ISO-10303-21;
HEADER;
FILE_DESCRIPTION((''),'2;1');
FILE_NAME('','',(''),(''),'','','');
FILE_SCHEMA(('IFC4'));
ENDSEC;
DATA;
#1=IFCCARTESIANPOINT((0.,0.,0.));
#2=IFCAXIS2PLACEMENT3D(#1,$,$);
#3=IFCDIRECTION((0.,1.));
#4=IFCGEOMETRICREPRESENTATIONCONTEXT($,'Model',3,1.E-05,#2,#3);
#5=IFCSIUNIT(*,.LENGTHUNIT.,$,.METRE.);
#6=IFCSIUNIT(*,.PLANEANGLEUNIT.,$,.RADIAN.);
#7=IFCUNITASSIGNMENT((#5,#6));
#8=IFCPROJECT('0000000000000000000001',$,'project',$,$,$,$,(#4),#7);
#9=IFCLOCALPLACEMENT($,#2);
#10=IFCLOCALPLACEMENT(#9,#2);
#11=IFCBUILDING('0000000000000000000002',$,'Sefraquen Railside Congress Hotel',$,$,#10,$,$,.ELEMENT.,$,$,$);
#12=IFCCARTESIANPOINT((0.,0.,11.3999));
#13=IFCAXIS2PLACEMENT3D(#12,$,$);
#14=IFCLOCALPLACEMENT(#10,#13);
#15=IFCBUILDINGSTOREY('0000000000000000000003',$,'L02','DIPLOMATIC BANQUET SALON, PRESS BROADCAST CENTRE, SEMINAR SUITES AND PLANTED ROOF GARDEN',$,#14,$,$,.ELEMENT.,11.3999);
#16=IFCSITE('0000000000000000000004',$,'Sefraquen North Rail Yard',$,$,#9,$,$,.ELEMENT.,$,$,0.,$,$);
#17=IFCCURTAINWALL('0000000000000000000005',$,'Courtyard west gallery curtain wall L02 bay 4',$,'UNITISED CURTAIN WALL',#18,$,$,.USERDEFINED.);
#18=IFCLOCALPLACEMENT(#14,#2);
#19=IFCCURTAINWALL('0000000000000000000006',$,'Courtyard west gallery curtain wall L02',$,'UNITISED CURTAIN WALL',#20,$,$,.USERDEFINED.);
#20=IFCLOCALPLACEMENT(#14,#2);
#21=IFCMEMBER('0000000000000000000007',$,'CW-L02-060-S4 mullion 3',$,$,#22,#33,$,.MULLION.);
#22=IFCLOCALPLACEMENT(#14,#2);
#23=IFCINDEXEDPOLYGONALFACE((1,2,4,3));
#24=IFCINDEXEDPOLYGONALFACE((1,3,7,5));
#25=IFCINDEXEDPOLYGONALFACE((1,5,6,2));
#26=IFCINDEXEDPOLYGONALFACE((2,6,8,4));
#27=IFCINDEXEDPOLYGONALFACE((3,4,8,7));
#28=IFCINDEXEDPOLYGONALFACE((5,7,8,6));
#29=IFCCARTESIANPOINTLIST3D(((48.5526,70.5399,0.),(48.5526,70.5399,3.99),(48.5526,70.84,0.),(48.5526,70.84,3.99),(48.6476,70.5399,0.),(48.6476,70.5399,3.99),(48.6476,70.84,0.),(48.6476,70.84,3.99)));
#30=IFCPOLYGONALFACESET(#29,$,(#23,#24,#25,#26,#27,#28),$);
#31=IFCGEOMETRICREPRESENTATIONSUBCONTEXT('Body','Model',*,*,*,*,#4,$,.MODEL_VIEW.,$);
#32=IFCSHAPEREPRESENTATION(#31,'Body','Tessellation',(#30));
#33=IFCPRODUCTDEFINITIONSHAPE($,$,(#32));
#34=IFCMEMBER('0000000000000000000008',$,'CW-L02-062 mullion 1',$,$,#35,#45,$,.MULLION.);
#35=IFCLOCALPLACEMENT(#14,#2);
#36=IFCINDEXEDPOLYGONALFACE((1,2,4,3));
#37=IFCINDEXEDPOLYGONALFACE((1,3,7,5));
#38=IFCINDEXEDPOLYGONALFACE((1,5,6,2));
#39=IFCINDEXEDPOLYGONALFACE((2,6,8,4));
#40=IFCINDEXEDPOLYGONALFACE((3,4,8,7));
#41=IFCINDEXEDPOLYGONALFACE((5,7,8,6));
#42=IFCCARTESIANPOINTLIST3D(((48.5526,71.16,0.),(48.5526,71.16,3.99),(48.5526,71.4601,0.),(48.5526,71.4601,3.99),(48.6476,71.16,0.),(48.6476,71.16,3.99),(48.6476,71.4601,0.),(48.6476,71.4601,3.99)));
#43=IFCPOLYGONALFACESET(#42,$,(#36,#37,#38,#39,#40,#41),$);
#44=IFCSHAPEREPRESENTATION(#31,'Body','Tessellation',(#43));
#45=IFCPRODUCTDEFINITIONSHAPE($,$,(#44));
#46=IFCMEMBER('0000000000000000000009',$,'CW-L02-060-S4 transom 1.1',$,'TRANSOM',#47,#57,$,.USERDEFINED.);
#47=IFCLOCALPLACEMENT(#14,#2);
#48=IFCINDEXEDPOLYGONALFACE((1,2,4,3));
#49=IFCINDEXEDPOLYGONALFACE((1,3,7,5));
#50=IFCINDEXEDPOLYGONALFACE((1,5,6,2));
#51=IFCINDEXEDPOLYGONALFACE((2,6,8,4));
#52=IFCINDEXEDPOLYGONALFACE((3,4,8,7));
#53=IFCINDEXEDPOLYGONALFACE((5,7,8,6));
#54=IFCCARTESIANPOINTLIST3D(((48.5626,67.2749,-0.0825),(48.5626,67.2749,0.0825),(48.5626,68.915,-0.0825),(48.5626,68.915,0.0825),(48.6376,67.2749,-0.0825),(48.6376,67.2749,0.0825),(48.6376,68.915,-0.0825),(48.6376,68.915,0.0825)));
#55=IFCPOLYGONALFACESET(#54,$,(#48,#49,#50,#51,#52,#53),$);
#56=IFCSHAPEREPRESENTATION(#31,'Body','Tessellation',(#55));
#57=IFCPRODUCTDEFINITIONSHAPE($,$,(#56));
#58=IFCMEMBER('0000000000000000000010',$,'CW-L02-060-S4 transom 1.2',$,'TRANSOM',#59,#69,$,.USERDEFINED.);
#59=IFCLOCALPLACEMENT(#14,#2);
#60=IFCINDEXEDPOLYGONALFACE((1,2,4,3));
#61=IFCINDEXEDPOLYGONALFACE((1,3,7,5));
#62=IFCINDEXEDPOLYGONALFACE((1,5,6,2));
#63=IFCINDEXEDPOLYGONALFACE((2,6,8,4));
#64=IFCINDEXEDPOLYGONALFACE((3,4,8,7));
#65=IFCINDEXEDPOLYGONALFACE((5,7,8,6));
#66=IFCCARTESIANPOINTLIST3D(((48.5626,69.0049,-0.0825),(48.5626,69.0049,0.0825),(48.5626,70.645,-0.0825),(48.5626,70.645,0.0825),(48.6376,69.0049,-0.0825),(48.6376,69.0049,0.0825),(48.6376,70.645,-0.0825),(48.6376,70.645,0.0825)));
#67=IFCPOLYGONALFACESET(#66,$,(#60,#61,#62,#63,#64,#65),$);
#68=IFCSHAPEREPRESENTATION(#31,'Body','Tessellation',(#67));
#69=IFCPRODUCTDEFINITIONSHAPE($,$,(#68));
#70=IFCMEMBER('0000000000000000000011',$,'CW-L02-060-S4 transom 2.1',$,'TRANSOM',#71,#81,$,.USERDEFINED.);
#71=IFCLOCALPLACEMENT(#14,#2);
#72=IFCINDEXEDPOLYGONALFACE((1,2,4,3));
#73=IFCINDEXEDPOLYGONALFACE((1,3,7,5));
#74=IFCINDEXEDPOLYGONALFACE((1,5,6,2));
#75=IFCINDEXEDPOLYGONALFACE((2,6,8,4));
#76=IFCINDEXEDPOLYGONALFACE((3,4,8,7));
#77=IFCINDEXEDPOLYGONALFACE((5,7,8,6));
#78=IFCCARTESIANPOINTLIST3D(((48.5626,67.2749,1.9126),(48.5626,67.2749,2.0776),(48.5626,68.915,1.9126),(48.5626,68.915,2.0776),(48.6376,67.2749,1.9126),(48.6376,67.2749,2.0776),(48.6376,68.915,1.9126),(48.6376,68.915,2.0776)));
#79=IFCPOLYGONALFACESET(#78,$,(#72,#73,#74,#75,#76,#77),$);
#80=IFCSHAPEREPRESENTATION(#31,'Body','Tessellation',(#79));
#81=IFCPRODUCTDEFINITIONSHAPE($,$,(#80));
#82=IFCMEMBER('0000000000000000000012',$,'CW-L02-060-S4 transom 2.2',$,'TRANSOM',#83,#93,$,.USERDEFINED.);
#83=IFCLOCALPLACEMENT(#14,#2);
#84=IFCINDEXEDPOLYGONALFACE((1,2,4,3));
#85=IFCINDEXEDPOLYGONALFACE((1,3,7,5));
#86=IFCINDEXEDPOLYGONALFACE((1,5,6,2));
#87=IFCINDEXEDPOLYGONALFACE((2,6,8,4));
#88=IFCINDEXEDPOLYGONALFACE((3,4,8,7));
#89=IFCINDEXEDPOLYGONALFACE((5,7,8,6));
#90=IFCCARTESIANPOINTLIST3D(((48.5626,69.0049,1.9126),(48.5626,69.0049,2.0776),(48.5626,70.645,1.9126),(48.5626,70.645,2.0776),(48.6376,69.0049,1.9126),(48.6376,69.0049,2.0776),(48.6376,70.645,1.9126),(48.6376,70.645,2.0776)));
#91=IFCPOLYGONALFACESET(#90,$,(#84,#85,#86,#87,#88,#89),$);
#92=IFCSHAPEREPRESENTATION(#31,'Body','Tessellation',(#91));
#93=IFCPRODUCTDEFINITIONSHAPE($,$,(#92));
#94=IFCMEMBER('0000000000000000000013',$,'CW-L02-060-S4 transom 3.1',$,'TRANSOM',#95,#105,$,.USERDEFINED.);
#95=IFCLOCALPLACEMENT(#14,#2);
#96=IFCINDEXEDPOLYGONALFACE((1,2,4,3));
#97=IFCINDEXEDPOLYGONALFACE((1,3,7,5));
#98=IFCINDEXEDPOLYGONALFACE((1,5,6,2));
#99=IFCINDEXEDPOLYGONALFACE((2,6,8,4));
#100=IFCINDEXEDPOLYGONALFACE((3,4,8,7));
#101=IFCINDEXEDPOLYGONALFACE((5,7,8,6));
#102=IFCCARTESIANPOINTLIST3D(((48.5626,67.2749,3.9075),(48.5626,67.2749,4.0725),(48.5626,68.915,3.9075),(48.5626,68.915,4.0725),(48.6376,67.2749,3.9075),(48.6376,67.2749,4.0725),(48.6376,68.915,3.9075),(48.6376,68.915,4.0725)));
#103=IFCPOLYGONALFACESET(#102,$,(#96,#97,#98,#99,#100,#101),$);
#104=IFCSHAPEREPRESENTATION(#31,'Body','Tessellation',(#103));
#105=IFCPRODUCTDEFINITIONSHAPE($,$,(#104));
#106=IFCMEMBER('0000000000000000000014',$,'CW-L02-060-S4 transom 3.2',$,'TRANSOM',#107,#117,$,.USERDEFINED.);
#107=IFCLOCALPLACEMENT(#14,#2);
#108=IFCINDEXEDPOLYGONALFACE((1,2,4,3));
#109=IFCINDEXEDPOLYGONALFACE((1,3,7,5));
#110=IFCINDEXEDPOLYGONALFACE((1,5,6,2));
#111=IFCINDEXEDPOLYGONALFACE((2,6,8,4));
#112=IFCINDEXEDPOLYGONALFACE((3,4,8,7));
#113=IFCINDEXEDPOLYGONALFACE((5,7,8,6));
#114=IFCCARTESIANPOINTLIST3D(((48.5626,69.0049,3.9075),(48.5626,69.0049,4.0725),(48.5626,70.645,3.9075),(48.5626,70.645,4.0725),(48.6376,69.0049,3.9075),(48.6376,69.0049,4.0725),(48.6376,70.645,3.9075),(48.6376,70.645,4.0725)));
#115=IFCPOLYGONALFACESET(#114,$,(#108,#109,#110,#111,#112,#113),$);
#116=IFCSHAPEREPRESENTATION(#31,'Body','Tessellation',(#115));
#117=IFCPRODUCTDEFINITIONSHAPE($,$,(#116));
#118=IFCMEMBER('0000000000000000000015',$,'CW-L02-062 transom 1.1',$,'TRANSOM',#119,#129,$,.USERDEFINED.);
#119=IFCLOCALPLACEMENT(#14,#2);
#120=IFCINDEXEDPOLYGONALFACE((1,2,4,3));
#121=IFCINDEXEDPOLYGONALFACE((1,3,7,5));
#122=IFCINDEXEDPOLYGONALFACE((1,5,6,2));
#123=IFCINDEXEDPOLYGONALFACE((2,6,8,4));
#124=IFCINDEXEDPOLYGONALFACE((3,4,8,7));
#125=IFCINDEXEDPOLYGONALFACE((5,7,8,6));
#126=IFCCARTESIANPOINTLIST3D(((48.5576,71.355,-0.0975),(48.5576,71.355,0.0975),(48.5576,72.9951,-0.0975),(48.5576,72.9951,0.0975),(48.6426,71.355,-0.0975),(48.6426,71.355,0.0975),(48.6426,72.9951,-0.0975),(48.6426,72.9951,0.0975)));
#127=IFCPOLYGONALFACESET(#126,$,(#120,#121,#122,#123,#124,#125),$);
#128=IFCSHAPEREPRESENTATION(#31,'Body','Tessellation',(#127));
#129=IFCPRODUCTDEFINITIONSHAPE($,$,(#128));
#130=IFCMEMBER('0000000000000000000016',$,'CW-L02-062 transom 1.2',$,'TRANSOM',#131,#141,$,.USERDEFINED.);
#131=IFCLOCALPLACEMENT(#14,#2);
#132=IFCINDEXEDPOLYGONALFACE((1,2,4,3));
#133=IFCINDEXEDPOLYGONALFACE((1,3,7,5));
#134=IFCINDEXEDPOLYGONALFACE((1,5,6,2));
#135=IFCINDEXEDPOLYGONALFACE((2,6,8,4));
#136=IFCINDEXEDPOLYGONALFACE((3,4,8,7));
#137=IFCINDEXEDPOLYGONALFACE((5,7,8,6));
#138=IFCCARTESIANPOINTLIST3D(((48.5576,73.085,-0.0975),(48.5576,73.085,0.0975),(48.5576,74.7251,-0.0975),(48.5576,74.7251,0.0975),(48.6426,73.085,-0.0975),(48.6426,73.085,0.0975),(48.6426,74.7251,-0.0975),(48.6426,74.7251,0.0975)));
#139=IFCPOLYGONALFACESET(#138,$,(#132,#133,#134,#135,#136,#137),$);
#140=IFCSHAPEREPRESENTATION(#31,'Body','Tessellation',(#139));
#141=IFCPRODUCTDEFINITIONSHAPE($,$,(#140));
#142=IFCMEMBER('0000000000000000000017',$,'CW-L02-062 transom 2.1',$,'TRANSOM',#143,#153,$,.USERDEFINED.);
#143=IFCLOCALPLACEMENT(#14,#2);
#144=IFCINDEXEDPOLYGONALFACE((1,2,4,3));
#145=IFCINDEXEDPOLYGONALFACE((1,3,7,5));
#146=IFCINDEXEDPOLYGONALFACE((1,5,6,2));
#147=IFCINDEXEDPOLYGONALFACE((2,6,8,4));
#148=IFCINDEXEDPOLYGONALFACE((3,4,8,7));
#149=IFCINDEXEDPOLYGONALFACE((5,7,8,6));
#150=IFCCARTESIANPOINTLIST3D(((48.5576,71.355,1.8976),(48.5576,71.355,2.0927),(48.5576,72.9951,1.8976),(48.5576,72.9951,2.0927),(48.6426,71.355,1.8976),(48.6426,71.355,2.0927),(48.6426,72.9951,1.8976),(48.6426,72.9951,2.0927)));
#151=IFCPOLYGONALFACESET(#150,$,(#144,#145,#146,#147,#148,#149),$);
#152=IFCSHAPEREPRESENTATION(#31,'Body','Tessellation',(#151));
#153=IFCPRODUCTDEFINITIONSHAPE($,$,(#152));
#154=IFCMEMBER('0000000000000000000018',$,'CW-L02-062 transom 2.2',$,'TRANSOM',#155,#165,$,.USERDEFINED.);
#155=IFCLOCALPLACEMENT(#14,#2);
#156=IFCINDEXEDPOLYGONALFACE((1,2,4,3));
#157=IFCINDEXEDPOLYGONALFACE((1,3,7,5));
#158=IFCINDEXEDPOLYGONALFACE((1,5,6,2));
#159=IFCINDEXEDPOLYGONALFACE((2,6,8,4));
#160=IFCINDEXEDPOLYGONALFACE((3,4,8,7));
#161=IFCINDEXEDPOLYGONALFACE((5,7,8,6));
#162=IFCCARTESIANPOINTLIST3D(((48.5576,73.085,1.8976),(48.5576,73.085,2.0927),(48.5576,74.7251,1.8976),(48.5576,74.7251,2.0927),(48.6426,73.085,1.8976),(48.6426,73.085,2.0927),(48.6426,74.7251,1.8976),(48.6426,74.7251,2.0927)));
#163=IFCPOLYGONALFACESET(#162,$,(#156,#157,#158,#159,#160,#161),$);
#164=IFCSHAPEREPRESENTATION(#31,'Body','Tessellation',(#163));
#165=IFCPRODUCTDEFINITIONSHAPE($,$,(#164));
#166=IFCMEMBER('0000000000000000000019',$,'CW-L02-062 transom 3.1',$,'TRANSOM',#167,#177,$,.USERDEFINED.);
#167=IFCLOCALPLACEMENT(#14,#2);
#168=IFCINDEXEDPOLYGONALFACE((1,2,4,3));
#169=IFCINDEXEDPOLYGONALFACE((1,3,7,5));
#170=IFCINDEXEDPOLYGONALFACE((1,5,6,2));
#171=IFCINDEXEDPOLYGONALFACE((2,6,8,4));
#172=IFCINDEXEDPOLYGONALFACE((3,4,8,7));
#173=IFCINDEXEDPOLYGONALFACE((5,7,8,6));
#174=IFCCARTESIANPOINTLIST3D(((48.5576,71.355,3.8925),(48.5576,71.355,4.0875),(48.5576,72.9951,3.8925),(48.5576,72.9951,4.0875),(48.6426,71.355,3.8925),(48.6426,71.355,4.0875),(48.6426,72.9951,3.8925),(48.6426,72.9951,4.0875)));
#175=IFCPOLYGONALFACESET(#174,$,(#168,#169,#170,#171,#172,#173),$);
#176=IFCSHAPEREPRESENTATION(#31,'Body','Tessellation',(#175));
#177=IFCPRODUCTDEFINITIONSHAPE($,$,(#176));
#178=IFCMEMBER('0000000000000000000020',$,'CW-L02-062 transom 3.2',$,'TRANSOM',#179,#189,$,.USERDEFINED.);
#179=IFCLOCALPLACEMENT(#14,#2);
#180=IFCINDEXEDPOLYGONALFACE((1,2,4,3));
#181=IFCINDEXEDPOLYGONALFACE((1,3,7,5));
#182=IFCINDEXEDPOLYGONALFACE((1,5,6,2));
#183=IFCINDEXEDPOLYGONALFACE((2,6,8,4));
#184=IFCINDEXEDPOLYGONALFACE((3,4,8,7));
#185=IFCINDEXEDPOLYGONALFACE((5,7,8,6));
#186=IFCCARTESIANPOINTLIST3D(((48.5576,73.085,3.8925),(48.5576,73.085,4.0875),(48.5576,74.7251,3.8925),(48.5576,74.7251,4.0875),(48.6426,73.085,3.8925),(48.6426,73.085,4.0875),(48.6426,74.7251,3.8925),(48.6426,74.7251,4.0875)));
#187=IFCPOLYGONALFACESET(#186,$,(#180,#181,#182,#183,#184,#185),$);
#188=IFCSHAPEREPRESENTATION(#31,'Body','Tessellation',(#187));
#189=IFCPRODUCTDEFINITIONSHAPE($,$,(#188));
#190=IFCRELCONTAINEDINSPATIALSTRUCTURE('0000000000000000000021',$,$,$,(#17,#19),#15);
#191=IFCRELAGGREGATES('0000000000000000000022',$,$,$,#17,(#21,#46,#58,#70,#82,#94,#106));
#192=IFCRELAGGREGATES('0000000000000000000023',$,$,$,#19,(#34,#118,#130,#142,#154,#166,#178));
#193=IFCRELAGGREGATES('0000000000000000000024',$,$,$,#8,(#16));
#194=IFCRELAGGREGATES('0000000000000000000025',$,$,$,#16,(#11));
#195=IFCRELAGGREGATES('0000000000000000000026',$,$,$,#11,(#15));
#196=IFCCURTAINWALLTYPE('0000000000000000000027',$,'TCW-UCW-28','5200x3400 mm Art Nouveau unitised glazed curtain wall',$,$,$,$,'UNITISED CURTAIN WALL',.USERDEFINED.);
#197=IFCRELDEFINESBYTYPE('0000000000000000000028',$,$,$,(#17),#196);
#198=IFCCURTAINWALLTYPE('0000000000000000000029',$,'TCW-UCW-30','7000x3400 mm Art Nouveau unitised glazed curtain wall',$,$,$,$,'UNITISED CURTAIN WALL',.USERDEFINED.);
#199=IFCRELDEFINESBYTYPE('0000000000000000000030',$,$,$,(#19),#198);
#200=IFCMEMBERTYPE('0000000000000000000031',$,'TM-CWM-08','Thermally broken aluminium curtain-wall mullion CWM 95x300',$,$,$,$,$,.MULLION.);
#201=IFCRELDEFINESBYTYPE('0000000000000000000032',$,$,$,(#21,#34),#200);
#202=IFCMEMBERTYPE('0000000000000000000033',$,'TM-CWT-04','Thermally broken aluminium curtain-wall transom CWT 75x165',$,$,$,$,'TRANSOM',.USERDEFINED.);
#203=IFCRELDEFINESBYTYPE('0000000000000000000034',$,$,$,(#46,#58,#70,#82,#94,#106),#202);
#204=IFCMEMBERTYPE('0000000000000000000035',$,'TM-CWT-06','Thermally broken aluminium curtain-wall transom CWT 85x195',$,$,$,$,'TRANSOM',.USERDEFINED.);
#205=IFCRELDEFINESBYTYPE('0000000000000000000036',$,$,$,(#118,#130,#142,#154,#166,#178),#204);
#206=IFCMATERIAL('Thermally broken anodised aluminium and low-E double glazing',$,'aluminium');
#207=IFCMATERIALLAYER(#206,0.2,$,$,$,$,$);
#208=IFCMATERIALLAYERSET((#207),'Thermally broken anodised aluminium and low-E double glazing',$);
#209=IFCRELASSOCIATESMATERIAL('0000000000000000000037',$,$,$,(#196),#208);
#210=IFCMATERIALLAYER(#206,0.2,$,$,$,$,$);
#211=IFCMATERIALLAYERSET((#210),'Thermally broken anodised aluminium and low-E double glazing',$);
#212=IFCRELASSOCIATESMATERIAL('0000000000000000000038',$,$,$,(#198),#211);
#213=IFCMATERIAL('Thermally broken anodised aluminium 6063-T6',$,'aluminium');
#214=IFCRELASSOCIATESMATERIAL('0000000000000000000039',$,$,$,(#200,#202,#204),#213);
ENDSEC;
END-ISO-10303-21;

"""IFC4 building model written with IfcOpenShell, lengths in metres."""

from ifc_helpers import new_model, si_unit, direction, frame, origin, origin_2d, place, context, subcontext, project, spatial, rectangle, extrude, material, layer, layer_set, material_profile, profile_set, type_object, element, aggregate, save


model = new_model("IFC4")

# Units and contexts
model_context = context("Model", 3, precision=1e-05, world=origin(), true_north=direction((0.0, 1.0)))
body_context = subcontext(model_context, "Body", "Model", "MODEL_VIEW")
ifc_project = project(units=[si_unit("LENGTHUNIT", "METRE"), si_unit("PLANEANGLEUNIT", "RADIAN")], contexts=[model_context])

# Site, building, storey
site_placement = place(None, origin())
site = spatial("IfcSite", under=ifc_project, at=site_placement, Name="Sefraquen North Rail Yard", CompositionType="ELEMENT", RefElevation=0.0)
building_placement = place(site_placement, origin())
building = spatial("IfcBuilding", under=site, at=building_placement, Name="Sefraquen Railside Congress Hotel", CompositionType="ELEMENT")
storey_placement = place(building_placement, frame((0.0, 0.0, 11.3999)))
storey = spatial("IfcBuildingStorey", under=building, at=storey_placement, Name="L02", Description="DIPLOMATIC BANQUET SALON, PRESS BROADCAST CENTRE, SEMINAR SUITES AND PLANTED ROOF GARDEN", CompositionType="ELEMENT", Elevation=11.3999)

# Curtain walls
ifc_material_1 = material(Name="Thermally broken anodised aluminium and low-E double glazing", Category="aluminium")
ifc_layer_1 = layer(ifc_material_1, 0.2)
ifc_layer_set_1 = layer_set([ifc_layer_1], Name="Thermally broken anodised aluminium and low-E double glazing")
curtain_wall_type_1 = type_object("IfcCurtainWallType", Name="TCW-UCW-28", Description="5200x3400 mm Art Nouveau unitised glazed curtain wall", ElementType="UNITISED CURTAIN WALL", PredefinedType="USERDEFINED", material=ifc_layer_set_1)
curtain_wall_1_placement = place(storey_placement, origin())
curtain_wall_1 = element("IfcCurtainWall", 1, at=curtain_wall_1_placement, inside=storey, type_object=curtain_wall_type_1, Name="Courtyard west gallery curtain wall L02 bay 4", ObjectType="UNITISED CURTAIN WALL", PredefinedType="USERDEFINED")
ifc_material_2 = material(Name="Thermally broken anodised aluminium 6063-T6", Category="aluminium")
ifc_layer_2 = layer(ifc_material_1, 0.2)
ifc_layer_set_2 = layer_set([ifc_layer_2], Name="Thermally broken anodised aluminium and low-E double glazing")
curtain_wall_type_2 = type_object("IfcCurtainWallType", Name="TCW-UCW-30", Description="7000x3400 mm Art Nouveau unitised glazed curtain wall", ElementType="UNITISED CURTAIN WALL", PredefinedType="USERDEFINED", material=ifc_layer_set_2)
curtain_wall_2_placement = place(storey_placement, origin())
curtain_wall_2 = element("IfcCurtainWall", 2, at=curtain_wall_2_placement, inside=storey, type_object=curtain_wall_type_2, Name="Courtyard west gallery curtain wall L02", ObjectType="UNITISED CURTAIN WALL", PredefinedType="USERDEFINED")

# Members
ifc_material_profile_1 = material_profile(ifc_material_2, rectangle(XDim=0.095, YDim=0.3, at=origin_2d()), Name="CWM 95x300")
ifc_profile_set_1 = profile_set([ifc_material_profile_1], Name="Thermally broken anodised aluminium 6063-T6")
member_type_1 = type_object("IfcMemberType", Name="TM-CWM-08", Description="Thermally broken aluminium curtain-wall mullion CWM 95x300", PredefinedType="MULLION", material=ifc_profile_set_1)
member_1_placement = place(storey_placement, frame((48.6001, 70.6899, 0.0), z_axis=(0.0, 0.0, 1.0), x_axis=(1.0, 0.0, 0.0)))
member_1 = element("IfcMember", 3, at=member_1_placement, type_object=member_type_1, Name="CW-L02-060-S4 mullion 3", PredefinedType="MULLION", context=body_context, shape_type="SweptSolid", body=[
    extrude(rectangle(XDim=0.095, YDim=0.3, at=origin_2d()), origin(), (0.0, 0.0, 1.0), 3.99),
])
member_2_placement = place(storey_placement, frame((48.6001, 71.3101, 0.0), z_axis=(0.0, 0.0, 1.0), x_axis=(1.0, 0.0, 0.0)))
member_2 = element("IfcMember", 4, at=member_2_placement, type_object=member_type_1, Name="CW-L02-062 mullion 1", PredefinedType="MULLION", context=body_context, shape_type="SweptSolid", body=[
    extrude(rectangle(XDim=0.095, YDim=0.3, at=origin_2d()), origin(), (0.0, 0.0, 1.0), 3.99),
])
ifc_material_profile_2 = material_profile(ifc_material_2, rectangle(XDim=0.075, YDim=0.165, at=origin_2d()), Name="CWT 75x165")
ifc_profile_set_2 = profile_set([ifc_material_profile_2], Name="Thermally broken anodised aluminium 6063-T6")
member_type_2 = type_object("IfcMemberType", Name="TM-CWT-04", Description="Thermally broken aluminium curtain-wall transom CWT 75x165", ElementType="TRANSOM", PredefinedType="USERDEFINED", material=ifc_profile_set_2)
member_3_placement = place(storey_placement, frame((48.6001, 67.2749, 0.0), z_axis=(0.0, 1.0, 0.0), x_axis=(-1.0, 0.0, 0.0)))
member_3 = element("IfcMember", 5, at=member_3_placement, type_object=member_type_2, Name="CW-L02-060-S4 transom 1.1", ObjectType="TRANSOM", PredefinedType="USERDEFINED", context=body_context, shape_type="SweptSolid", body=[
    extrude(rectangle(XDim=0.075, YDim=0.165, at=origin_2d()), origin(), (0.0, 0.0, 1.0), 1.6401),
])
member_4_placement = place(storey_placement, frame((48.6001, 69.0049, 0.0), z_axis=(0.0, 1.0, 0.0), x_axis=(-1.0, 0.0, 0.0)))
member_4 = element("IfcMember", 6, at=member_4_placement, type_object=member_type_2, Name="CW-L02-060-S4 transom 1.2", ObjectType="TRANSOM", PredefinedType="USERDEFINED", context=body_context, shape_type="SweptSolid", body=[
    extrude(rectangle(XDim=0.075, YDim=0.165, at=origin_2d()), origin(), (0.0, 0.0, 1.0), 1.6401),
])
member_5_placement = place(storey_placement, frame((48.6001, 67.2749, 1.9951), z_axis=(0.0, 1.0, 0.0), x_axis=(-1.0, 0.0, 0.0)))
member_5 = element("IfcMember", 7, at=member_5_placement, type_object=member_type_2, Name="CW-L02-060-S4 transom 2.1", ObjectType="TRANSOM", PredefinedType="USERDEFINED", context=body_context, shape_type="SweptSolid", body=[
    extrude(rectangle(XDim=0.075, YDim=0.165, at=origin_2d()), origin(), (0.0, 0.0, 1.0), 1.6401),
])
member_6_placement = place(storey_placement, frame((48.6001, 69.0049, 1.9951), z_axis=(0.0, 1.0, 0.0), x_axis=(-1.0, 0.0, 0.0)))
member_6 = element("IfcMember", 8, at=member_6_placement, type_object=member_type_2, Name="CW-L02-060-S4 transom 2.2", ObjectType="TRANSOM", PredefinedType="USERDEFINED", context=body_context, shape_type="SweptSolid", body=[
    extrude(rectangle(XDim=0.075, YDim=0.165, at=origin_2d()), origin(), (0.0, 0.0, 1.0), 1.6401),
])
member_7_placement = place(storey_placement, frame((48.6001, 67.2749, 3.99), z_axis=(0.0, 1.0, 0.0), x_axis=(-1.0, 0.0, 0.0)))
member_7 = element("IfcMember", 9, at=member_7_placement, type_object=member_type_2, Name="CW-L02-060-S4 transom 3.1", ObjectType="TRANSOM", PredefinedType="USERDEFINED", context=body_context, shape_type="SweptSolid", body=[
    extrude(rectangle(XDim=0.075, YDim=0.165, at=origin_2d()), origin(), (0.0, 0.0, 1.0), 1.6401),
])
member_8_placement = place(storey_placement, frame((48.6001, 69.0049, 3.99), z_axis=(0.0, 1.0, 0.0), x_axis=(-1.0, 0.0, 0.0)))
member_8 = element("IfcMember", 10, at=member_8_placement, type_object=member_type_2, Name="CW-L02-060-S4 transom 3.2", ObjectType="TRANSOM", PredefinedType="USERDEFINED", context=body_context, shape_type="SweptSolid", body=[
    extrude(rectangle(XDim=0.075, YDim=0.165, at=origin_2d()), origin(), (0.0, 0.0, 1.0), 1.6401),
])
ifc_material_profile_3 = material_profile(ifc_material_2, rectangle(XDim=0.085, YDim=0.1951, at=origin_2d()), Name="CWT 85x195")
ifc_profile_set_3 = profile_set([ifc_material_profile_3], Name="Thermally broken anodised aluminium 6063-T6")
member_type_3 = type_object("IfcMemberType", Name="TM-CWT-06", Description="Thermally broken aluminium curtain-wall transom CWT 85x195", ElementType="TRANSOM", PredefinedType="USERDEFINED", material=ifc_profile_set_3)
member_9_placement = place(storey_placement, frame((48.6001, 71.355, 0.0), z_axis=(0.0, 1.0, 0.0), x_axis=(-1.0, 0.0, 0.0)))
member_9 = element("IfcMember", 11, at=member_9_placement, type_object=member_type_3, Name="CW-L02-062 transom 1.1", ObjectType="TRANSOM", PredefinedType="USERDEFINED", context=body_context, shape_type="SweptSolid", body=[
    extrude(rectangle(XDim=0.085, YDim=0.1951, at=origin_2d()), origin(), (0.0, 0.0, 1.0), 1.6401),
])
member_10_placement = place(storey_placement, frame((48.6001, 73.085, 0.0), z_axis=(0.0, 1.0, 0.0), x_axis=(-1.0, 0.0, 0.0)))
member_10 = element("IfcMember", 12, at=member_10_placement, type_object=member_type_3, Name="CW-L02-062 transom 1.2", ObjectType="TRANSOM", PredefinedType="USERDEFINED", context=body_context, shape_type="SweptSolid", body=[
    extrude(rectangle(XDim=0.085, YDim=0.1951, at=origin_2d()), origin(), (0.0, 0.0, 1.0), 1.6401),
])
member_11_placement = place(storey_placement, frame((48.6001, 71.355, 1.9951), z_axis=(0.0, 1.0, 0.0), x_axis=(-1.0, 0.0, 0.0)))
member_11 = element("IfcMember", 13, at=member_11_placement, type_object=member_type_3, Name="CW-L02-062 transom 2.1", ObjectType="TRANSOM", PredefinedType="USERDEFINED", context=body_context, shape_type="SweptSolid", body=[
    extrude(rectangle(XDim=0.085, YDim=0.1951, at=origin_2d()), origin(), (0.0, 0.0, 1.0), 1.6401),
])
member_12_placement = place(storey_placement, frame((48.6001, 73.085, 1.9951), z_axis=(0.0, 1.0, 0.0), x_axis=(-1.0, 0.0, 0.0)))
member_12 = element("IfcMember", 14, at=member_12_placement, type_object=member_type_3, Name="CW-L02-062 transom 2.2", ObjectType="TRANSOM", PredefinedType="USERDEFINED", context=body_context, shape_type="SweptSolid", body=[
    extrude(rectangle(XDim=0.085, YDim=0.1951, at=origin_2d()), origin(), (0.0, 0.0, 1.0), 1.6401),
])
member_13_placement = place(storey_placement, frame((48.6001, 71.355, 3.99), z_axis=(0.0, 1.0, 0.0), x_axis=(-1.0, 0.0, 0.0)))
member_13 = element("IfcMember", 15, at=member_13_placement, type_object=member_type_3, Name="CW-L02-062 transom 3.1", ObjectType="TRANSOM", PredefinedType="USERDEFINED", context=body_context, shape_type="SweptSolid", body=[
    extrude(rectangle(XDim=0.085, YDim=0.1951, at=origin_2d()), origin(), (0.0, 0.0, 1.0), 1.6401),
])
member_14_placement = place(storey_placement, frame((48.6001, 73.085, 3.99), z_axis=(0.0, 1.0, 0.0), x_axis=(-1.0, 0.0, 0.0)))
member_14 = element("IfcMember", 16, at=member_14_placement, type_object=member_type_3, Name="CW-L02-062 transom 3.2", ObjectType="TRANSOM", PredefinedType="USERDEFINED", context=body_context, shape_type="SweptSolid", body=[
    extrude(rectangle(XDim=0.085, YDim=0.1951, at=origin_2d()), origin(), (0.0, 0.0, 1.0), 1.6401),
])

aggregate(curtain_wall_1, [member_1, member_3, member_4, member_5, member_6, member_7, member_8])
aggregate(curtain_wall_2, [member_2, member_9, member_10, member_11, member_12, member_13, member_14])

save(model, "model.ifc")
